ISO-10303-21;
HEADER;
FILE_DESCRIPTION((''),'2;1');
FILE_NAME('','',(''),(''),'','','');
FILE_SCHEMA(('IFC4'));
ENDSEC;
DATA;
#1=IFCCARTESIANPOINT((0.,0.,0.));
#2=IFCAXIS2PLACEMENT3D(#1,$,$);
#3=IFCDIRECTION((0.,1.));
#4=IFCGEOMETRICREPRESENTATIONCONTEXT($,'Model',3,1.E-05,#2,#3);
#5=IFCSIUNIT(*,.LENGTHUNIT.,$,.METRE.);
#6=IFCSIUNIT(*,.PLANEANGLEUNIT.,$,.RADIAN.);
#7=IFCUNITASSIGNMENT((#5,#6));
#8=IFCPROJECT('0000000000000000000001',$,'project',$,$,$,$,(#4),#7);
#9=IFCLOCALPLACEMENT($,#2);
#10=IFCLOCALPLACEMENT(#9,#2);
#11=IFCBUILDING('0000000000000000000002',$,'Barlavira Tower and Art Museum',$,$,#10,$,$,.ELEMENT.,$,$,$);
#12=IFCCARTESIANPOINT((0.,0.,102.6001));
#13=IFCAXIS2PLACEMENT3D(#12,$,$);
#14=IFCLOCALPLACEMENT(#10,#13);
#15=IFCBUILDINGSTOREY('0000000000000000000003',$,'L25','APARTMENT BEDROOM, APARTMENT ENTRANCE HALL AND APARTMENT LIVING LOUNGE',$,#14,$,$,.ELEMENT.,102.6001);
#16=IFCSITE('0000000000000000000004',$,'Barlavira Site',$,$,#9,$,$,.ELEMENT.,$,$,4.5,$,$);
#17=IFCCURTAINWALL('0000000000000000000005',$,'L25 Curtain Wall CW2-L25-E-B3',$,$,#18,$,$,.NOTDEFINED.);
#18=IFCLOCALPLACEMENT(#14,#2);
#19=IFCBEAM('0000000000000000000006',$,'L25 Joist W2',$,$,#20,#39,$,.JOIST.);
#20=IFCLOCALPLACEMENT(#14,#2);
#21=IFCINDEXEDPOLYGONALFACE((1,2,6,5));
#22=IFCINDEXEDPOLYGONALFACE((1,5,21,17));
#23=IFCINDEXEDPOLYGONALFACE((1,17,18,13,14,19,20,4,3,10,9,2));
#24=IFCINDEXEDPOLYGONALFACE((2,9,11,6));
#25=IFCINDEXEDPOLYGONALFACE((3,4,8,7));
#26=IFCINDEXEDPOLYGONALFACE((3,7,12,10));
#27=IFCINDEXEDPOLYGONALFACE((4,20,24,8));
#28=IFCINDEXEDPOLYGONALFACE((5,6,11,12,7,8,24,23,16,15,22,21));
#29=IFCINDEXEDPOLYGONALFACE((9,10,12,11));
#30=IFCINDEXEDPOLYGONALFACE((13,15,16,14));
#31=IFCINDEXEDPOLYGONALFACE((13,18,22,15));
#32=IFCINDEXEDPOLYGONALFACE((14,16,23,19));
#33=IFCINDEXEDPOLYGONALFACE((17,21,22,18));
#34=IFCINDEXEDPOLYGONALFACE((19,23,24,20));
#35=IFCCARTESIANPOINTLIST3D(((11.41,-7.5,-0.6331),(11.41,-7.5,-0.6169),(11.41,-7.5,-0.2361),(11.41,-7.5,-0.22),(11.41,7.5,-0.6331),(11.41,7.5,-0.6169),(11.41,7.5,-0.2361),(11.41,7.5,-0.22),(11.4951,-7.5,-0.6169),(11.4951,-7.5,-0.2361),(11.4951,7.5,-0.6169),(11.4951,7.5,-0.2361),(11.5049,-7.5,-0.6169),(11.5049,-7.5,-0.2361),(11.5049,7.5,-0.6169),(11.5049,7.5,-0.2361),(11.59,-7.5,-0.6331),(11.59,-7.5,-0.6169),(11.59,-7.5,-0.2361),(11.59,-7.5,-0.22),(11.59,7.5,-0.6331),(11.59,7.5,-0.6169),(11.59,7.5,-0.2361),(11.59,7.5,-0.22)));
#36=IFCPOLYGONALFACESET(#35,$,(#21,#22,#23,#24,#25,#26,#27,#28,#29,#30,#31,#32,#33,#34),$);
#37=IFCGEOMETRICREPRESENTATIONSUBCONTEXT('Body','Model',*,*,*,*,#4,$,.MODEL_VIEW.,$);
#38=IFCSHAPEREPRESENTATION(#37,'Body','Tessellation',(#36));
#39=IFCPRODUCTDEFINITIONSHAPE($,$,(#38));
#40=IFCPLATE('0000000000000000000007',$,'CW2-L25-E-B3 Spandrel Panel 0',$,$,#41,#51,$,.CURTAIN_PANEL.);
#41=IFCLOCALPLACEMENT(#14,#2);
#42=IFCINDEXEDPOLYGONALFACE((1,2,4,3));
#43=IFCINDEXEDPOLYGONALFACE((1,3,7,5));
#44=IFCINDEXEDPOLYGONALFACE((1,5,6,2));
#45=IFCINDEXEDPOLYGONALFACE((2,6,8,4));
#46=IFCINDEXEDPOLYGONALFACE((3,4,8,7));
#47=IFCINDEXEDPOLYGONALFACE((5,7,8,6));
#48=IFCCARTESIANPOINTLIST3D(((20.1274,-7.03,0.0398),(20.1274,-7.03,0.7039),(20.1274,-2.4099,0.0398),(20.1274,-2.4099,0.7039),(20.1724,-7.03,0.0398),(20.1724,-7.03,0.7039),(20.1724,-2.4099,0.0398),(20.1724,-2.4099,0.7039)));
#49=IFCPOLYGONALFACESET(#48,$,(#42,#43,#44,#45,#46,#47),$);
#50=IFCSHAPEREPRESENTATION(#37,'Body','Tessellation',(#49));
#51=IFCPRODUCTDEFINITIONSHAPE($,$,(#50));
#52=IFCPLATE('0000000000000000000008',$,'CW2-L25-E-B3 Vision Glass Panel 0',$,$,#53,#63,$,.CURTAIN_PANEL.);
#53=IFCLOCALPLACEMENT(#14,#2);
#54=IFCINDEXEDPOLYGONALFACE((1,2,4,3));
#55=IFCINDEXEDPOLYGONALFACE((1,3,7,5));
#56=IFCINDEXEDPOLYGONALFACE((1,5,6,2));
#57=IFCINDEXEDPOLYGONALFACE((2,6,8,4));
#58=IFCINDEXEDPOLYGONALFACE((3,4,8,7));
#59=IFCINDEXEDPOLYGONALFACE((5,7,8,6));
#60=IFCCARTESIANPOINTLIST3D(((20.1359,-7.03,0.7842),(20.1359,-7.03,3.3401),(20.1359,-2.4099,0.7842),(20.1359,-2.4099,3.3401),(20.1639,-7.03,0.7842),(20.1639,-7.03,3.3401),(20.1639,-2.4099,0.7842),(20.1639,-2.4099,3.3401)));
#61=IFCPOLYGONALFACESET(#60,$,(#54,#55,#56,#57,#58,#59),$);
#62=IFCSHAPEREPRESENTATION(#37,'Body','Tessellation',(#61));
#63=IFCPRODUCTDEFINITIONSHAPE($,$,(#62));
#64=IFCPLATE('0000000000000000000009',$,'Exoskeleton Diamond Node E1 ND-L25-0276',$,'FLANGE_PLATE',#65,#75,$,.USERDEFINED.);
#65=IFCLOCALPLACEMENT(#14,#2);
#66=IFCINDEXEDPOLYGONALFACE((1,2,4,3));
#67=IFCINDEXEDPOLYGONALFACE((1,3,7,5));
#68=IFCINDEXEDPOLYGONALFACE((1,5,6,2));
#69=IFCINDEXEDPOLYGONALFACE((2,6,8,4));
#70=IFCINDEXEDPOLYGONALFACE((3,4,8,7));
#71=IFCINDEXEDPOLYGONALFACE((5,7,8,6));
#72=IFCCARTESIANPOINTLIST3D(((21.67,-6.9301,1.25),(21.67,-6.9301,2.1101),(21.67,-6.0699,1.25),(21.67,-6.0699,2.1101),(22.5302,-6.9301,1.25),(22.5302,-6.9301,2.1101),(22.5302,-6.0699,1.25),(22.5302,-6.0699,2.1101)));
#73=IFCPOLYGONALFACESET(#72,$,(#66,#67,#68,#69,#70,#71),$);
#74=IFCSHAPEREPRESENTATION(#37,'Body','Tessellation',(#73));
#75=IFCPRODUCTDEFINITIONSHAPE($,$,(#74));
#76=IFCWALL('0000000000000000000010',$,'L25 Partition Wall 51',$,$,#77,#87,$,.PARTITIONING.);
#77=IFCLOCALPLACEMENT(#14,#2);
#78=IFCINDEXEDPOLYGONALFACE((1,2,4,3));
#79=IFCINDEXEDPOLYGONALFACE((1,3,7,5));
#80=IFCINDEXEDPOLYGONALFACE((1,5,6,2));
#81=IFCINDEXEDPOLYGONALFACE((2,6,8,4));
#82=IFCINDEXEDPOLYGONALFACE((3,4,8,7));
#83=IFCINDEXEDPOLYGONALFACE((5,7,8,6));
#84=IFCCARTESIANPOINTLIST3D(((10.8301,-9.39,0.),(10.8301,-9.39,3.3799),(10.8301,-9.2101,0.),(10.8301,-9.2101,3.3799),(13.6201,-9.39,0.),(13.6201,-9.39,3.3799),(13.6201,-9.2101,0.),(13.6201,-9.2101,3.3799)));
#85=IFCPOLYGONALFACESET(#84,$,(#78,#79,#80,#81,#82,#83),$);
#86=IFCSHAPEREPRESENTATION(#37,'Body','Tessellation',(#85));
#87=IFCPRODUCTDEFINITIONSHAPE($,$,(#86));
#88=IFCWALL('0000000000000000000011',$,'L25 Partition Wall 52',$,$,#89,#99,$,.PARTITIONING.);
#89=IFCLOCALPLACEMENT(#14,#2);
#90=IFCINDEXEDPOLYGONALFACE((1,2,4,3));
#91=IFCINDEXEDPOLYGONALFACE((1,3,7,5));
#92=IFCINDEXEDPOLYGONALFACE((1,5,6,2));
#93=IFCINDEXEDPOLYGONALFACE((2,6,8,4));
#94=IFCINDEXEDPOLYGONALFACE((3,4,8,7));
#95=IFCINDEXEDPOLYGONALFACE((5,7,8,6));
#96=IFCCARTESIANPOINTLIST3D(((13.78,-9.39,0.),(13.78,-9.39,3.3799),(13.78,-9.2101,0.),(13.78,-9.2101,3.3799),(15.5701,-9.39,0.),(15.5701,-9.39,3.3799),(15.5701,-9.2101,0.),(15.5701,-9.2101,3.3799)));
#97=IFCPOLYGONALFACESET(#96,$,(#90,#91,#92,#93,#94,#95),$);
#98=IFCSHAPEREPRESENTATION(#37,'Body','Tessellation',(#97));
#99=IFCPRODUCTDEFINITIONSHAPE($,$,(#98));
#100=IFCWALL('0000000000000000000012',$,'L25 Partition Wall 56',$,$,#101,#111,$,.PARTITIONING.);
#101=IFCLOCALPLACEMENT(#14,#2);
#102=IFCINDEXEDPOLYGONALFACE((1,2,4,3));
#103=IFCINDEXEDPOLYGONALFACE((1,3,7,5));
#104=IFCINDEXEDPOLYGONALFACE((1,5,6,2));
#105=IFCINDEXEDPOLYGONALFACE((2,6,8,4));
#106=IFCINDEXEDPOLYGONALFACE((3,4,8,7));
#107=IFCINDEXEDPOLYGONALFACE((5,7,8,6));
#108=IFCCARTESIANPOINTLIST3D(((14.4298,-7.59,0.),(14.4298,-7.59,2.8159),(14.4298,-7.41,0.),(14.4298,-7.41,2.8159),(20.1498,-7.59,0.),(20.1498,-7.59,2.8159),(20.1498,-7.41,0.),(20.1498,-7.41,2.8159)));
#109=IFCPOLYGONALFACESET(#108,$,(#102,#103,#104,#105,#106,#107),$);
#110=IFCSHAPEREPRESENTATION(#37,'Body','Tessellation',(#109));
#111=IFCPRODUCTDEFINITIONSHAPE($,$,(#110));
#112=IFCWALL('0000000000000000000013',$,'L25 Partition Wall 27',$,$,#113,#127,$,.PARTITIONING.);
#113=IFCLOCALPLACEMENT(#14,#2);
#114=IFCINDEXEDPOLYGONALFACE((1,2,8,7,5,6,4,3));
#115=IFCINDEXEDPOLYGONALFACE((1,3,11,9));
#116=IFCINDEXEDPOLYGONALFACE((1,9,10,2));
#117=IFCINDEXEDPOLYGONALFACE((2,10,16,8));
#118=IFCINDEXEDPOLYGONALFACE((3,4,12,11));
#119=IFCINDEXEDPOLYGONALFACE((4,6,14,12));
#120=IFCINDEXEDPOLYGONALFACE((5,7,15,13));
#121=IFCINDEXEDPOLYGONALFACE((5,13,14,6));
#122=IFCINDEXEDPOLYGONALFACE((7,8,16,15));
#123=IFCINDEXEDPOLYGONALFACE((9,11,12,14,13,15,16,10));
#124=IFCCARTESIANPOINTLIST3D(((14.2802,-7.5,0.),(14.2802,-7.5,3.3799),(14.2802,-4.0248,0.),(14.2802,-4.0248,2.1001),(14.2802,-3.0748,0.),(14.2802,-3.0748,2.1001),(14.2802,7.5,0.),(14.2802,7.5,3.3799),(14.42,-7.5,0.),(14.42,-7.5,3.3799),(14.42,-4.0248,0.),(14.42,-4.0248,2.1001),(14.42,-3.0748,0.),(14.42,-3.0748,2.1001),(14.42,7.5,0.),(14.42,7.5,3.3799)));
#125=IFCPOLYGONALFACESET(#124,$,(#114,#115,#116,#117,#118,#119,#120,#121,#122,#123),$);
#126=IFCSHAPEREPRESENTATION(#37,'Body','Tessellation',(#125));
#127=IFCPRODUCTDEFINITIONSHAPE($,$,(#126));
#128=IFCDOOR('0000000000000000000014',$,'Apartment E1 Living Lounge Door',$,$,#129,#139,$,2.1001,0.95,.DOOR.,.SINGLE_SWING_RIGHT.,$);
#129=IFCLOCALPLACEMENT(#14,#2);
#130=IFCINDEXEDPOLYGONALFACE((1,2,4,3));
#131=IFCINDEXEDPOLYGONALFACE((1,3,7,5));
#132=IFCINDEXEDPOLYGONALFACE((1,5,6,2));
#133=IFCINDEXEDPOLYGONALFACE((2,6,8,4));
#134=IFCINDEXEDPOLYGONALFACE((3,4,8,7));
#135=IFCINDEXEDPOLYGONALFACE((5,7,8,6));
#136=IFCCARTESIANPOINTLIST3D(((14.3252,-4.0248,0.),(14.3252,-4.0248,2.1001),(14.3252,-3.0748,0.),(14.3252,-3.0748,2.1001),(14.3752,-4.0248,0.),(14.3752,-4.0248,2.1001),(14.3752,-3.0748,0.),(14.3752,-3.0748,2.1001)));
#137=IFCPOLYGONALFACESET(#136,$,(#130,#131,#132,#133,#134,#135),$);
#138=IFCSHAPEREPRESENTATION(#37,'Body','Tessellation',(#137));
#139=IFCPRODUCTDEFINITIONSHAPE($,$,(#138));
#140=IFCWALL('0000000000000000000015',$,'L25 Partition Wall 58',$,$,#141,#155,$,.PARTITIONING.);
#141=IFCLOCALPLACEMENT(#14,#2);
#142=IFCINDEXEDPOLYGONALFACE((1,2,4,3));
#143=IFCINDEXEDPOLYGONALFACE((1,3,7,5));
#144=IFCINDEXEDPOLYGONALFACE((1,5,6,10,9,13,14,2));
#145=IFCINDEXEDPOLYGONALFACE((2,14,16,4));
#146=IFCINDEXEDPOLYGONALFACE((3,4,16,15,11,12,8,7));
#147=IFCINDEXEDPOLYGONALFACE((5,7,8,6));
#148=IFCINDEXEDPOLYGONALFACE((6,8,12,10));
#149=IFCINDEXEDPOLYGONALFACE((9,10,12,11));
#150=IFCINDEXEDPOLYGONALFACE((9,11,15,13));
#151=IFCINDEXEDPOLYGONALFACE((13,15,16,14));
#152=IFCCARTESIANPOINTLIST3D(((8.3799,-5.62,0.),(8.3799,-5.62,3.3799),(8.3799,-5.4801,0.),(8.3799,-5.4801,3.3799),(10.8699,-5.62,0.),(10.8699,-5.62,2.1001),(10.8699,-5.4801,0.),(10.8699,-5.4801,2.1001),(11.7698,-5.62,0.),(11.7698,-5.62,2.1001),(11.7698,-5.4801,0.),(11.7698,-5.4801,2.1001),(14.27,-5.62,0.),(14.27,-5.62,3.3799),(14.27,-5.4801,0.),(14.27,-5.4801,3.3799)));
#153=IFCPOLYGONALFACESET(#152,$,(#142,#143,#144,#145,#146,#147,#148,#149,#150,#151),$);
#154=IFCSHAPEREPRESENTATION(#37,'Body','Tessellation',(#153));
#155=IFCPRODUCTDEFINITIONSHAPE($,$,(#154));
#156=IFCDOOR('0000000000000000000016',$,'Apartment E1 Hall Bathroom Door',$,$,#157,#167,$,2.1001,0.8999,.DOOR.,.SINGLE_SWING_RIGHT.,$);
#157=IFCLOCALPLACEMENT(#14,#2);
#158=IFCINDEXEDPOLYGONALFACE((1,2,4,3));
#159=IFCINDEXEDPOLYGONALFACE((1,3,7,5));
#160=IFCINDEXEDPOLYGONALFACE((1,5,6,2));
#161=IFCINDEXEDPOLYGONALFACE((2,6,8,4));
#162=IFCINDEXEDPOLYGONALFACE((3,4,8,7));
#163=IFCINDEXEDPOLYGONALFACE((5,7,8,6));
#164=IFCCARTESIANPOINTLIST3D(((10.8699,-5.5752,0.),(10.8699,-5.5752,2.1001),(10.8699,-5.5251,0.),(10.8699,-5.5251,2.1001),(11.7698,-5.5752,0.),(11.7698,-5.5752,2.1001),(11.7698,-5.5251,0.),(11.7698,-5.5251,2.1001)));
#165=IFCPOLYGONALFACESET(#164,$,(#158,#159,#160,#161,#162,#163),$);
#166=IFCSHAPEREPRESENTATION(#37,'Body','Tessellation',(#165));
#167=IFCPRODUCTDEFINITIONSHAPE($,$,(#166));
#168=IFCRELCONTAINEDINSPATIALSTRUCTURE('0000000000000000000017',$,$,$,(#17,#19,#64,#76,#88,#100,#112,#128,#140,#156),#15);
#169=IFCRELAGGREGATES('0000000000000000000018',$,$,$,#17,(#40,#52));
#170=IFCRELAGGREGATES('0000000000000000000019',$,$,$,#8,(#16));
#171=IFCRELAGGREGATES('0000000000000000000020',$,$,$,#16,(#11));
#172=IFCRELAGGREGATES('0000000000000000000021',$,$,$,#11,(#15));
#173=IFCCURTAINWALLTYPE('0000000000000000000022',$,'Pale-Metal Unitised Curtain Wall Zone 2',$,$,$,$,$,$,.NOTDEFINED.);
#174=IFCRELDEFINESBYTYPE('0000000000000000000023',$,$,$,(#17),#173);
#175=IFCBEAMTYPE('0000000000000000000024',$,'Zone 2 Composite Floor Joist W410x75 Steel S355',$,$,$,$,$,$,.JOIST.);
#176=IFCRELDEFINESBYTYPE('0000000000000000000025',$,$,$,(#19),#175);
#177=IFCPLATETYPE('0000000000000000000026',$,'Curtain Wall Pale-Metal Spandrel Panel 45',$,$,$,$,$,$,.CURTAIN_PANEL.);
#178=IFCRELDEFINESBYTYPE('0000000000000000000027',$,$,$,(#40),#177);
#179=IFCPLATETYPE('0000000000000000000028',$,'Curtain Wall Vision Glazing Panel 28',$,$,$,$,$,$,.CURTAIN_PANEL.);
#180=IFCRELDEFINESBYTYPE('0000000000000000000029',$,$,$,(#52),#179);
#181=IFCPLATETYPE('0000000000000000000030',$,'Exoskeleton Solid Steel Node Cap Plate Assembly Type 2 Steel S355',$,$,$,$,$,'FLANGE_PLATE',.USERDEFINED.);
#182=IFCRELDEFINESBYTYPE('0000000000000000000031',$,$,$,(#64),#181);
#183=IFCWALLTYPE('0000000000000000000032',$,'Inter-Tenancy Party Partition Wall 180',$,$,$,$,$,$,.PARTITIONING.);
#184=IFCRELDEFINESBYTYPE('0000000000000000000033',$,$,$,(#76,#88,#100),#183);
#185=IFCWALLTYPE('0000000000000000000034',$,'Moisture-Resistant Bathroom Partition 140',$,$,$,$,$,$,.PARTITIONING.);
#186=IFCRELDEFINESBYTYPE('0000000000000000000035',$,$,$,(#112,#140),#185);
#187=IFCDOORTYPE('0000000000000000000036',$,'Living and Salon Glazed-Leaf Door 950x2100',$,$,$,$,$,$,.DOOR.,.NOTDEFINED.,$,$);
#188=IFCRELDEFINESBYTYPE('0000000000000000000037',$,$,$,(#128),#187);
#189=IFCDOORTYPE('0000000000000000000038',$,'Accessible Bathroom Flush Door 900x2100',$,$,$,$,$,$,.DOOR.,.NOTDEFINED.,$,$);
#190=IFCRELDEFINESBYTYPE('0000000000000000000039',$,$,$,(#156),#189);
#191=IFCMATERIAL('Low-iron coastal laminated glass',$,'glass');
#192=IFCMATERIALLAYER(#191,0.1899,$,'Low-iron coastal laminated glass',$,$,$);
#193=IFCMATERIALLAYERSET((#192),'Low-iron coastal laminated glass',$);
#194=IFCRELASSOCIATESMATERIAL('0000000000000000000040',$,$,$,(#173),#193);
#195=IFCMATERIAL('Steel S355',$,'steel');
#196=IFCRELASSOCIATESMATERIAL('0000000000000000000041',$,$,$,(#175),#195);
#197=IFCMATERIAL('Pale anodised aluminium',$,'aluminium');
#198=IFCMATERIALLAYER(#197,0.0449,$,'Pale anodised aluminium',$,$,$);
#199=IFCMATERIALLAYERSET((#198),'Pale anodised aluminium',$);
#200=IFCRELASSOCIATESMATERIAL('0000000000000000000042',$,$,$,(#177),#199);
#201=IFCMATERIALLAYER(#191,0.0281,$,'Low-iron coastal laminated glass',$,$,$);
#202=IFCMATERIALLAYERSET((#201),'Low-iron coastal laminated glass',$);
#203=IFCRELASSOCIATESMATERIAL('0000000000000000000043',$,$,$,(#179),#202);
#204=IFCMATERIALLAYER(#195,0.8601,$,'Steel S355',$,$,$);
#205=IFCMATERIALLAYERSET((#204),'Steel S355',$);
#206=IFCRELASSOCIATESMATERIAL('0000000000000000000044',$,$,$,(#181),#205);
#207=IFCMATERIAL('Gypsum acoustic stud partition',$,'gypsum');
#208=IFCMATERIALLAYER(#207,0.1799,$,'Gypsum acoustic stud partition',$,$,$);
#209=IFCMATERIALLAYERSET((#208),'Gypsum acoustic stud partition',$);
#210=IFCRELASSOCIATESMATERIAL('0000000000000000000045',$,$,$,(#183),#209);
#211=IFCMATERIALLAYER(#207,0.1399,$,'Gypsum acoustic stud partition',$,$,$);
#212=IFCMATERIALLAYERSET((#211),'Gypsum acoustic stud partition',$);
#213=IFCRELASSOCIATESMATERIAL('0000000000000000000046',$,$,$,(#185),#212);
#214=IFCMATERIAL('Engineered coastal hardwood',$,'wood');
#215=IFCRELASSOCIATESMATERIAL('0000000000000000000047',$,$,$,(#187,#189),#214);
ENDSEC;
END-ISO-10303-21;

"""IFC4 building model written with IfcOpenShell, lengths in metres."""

from ifc_helpers import new_model, si_unit, direction, frame, frame_2d, origin, origin_2d, place, context, subcontext, project, spatial, rectangle, i_section, extrude, material, layer, layer_set, material_profile, profile_set, type_object, element, fill, aggregate, save


model = new_model("IFC4")

# Units and contexts
model_context = context("Model", 3, precision=1e-05, world=origin(), true_north=direction((0.0, 1.0)))
body_context = subcontext(model_context, "Body", "Model", "MODEL_VIEW")
ifc_project = project(units=[si_unit("LENGTHUNIT", "METRE"), si_unit("PLANEANGLEUNIT", "RADIAN")], contexts=[model_context])

# Site, building, storey
site_placement = place(None, origin())
site = spatial("IfcSite", under=ifc_project, at=site_placement, Name="Barlavira Site", CompositionType="ELEMENT", RefElevation=4.5)
building_placement = place(site_placement, origin())
building = spatial("IfcBuilding", under=site, at=building_placement, Name="Barlavira Tower and Art Museum", CompositionType="ELEMENT")
storey_placement = place(building_placement, frame((0.0, 0.0, 102.6001)))
storey = spatial("IfcBuildingStorey", under=building, at=storey_placement, Name="L25", Description="APARTMENT BEDROOM, APARTMENT ENTRANCE HALL AND APARTMENT LIVING LOUNGE", CompositionType="ELEMENT", Elevation=102.6001)

# Curtain wall
ifc_material_1 = material(Name="Low-iron coastal laminated glass", Category="glass")
ifc_layer_1 = layer(ifc_material_1, 0.1899, Name="Low-iron coastal laminated glass")
ifc_layer_set_1 = layer_set([ifc_layer_1], Name="Low-iron coastal laminated glass")
curtain_wall_type = type_object("IfcCurtainWallType", Name="Pale-Metal Unitised Curtain Wall Zone 2", PredefinedType="NOTDEFINED", material=ifc_layer_set_1)
curtain_wall_placement = place(storey_placement, origin())
curtain_wall = element("IfcCurtainWall", 1, at=curtain_wall_placement, inside=storey, type_object=curtain_wall_type, Name="L25 Curtain Wall CW2-L25-E-B3", PredefinedType="NOTDEFINED")
ifc_material_2 = material(Name="Pale anodised aluminium", Category="aluminium")

# Beam
ifc_material_3 = material(Name="Steel S355", Category="steel")
ifc_material_profile_1 = material_profile(ifc_material_3, i_section(OverallWidth=0.1799, OverallDepth=0.4131, WebThickness=0.0098, FlangeThickness=0.0161, at=origin_2d()), Name="W410x75.0")
ifc_profile_set_1 = profile_set([ifc_material_profile_1], Name="Steel S355")
beam_type_1 = type_object("IfcBeamType", Name="Zone 2 Composite Floor Joist W410x75 Steel S355", PredefinedType="JOIST", material=ifc_profile_set_1)
beam_1_placement = place(storey_placement, frame((11.5, -7.5, -0.4265), z_axis=(0.0, 1.0, 0.0), x_axis=(-1.0, 0.0, 0.0)))
element("IfcBeam", 2, at=beam_1_placement, inside=storey, type_object=beam_type_1, Name="L25 Joist W2", PredefinedType="JOIST", context=body_context, shape_type="SweptSolid", body=[
    extrude(i_section(OverallWidth=0.1799, OverallDepth=0.4131, WebThickness=0.0098, FlangeThickness=0.0161, at=origin_2d()), origin(), (0.0, 0.0, 1.0), 15.0),
])

# Plates
ifc_layer_2 = layer(ifc_material_2, 0.0449, Name="Pale anodised aluminium")
ifc_layer_set_2 = layer_set([ifc_layer_2], Name="Pale anodised aluminium")
plate_type_1 = type_object("IfcPlateType", Name="Curtain Wall Pale-Metal Spandrel Panel 45", PredefinedType="CURTAIN_PANEL", material=ifc_layer_set_2)
plate_1_placement = place(storey_placement, frame((20.1499, -4.72, 0.0398), z_axis=(0.0, 0.0, 1.0), x_axis=(0.0, 1.0, 0.0)))
plate_1 = element("IfcPlate", 3, at=plate_1_placement, type_object=plate_type_1, Name="CW2-L25-E-B3 Spandrel Panel 0", PredefinedType="CURTAIN_PANEL", context=body_context, shape_type="SweptSolid", body=[
    extrude(rectangle(XDim=4.6201, YDim=0.0449, at=origin_2d()), origin(), (0.0, 0.0, 1.0), 0.6641),
])
ifc_layer_3 = layer(ifc_material_1, 0.0281, Name="Low-iron coastal laminated glass")
ifc_layer_set_3 = layer_set([ifc_layer_3], Name="Low-iron coastal laminated glass")
plate_type_2 = type_object("IfcPlateType", Name="Curtain Wall Vision Glazing Panel 28", PredefinedType="CURTAIN_PANEL", material=ifc_layer_set_3)
plate_2_placement = place(storey_placement, frame((20.1499, -4.72, 0.7842), z_axis=(0.0, 0.0, 1.0), x_axis=(0.0, 1.0, 0.0)))
plate_2 = element("IfcPlate", 4, at=plate_2_placement, type_object=plate_type_2, Name="CW2-L25-E-B3 Vision Glass Panel 0", PredefinedType="CURTAIN_PANEL", context=body_context, shape_type="SweptSolid", body=[
    extrude(rectangle(XDim=4.6201, YDim=0.0281, at=origin_2d()), origin(), (0.0, 0.0, 1.0), 2.5559),
])
aggregate(curtain_wall, [plate_1, plate_2])
ifc_layer_4 = layer(ifc_material_3, 0.8601, Name="Steel S355")
ifc_layer_set_4 = layer_set([ifc_layer_4], Name="Steel S355")
plate_type_3 = type_object("IfcPlateType", Name="Exoskeleton Solid Steel Node Cap Plate Assembly Type 2 Steel S355", ElementType="FLANGE_PLATE", PredefinedType="USERDEFINED", material=ifc_layer_set_4)
plate_3_placement = place(storey_placement, frame((22.1001, -6.5, 1.25), z_axis=(0.0, 0.0, 1.0), x_axis=(1.0, 0.0, 0.0)))
element("IfcPlate", 5, at=plate_3_placement, inside=storey, type_object=plate_type_3, Name="Exoskeleton Diamond Node E1 ND-L25-0276", ObjectType="FLANGE_PLATE", PredefinedType="USERDEFINED", context=body_context, shape_type="SweptSolid", body=[
    extrude(rectangle(XDim=0.8601, YDim=0.8601, at=origin_2d()), origin(), (0.0, 0.0, 1.0), 0.8601),
])

# Walls
ifc_material_4 = material(Name="Gypsum acoustic stud partition", Category="gypsum")
ifc_layer_5 = layer(ifc_material_4, 0.1799, Name="Gypsum acoustic stud partition")
ifc_layer_set_5 = layer_set([ifc_layer_5], Name="Gypsum acoustic stud partition")
wall_type_1 = type_object("IfcWallType", Name="Inter-Tenancy Party Partition Wall 180", PredefinedType="PARTITIONING", material=ifc_layer_set_5)
wall_1_placement = place(storey_placement, frame((10.8301, -9.3, 0.0), z_axis=(0.0, 0.0, 1.0), x_axis=(1.0, 0.0, 0.0)))
element("IfcWall", 6, at=wall_1_placement, inside=storey, type_object=wall_type_1, Name="L25 Partition Wall 51", PredefinedType="PARTITIONING", context=body_context, shape_type="SweptSolid", body=[
    extrude(rectangle(XDim=2.79, YDim=0.1799, at=frame_2d((1.395, 0.0))), origin(), (0.0, 0.0, 1.0), 3.3799),
])
wall_2_placement = place(storey_placement, frame((13.78, -9.3, 0.0), z_axis=(0.0, 0.0, 1.0), x_axis=(1.0, 0.0, 0.0)))
element("IfcWall", 7, at=wall_2_placement, inside=storey, type_object=wall_type_1, Name="L25 Partition Wall 52", PredefinedType="PARTITIONING", context=body_context, shape_type="SweptSolid", body=[
    extrude(rectangle(XDim=1.79, YDim=0.1799, at=frame_2d((0.895, 0.0))), origin(), (0.0, 0.0, 1.0), 3.3799),
])
wall_3_placement = place(storey_placement, frame((14.4299, -7.5, 0.0), z_axis=(0.0, 0.0, 1.0), x_axis=(1.0, 0.0, 0.0)))
element("IfcWall", 8, at=wall_3_placement, inside=storey, type_object=wall_type_1, Name="L25 Partition Wall 56", PredefinedType="PARTITIONING", context=body_context, shape_type="SweptSolid", body=[
    extrude(rectangle(XDim=5.72, YDim=0.1799, at=frame_2d((2.8599, 0.0))), origin(), (0.0, 0.0, 1.0), 2.8159),
])

# Walls, openings, doors
ifc_layer_6 = layer(ifc_material_4, 0.1399, Name="Gypsum acoustic stud partition")
ifc_layer_set_6 = layer_set([ifc_layer_6], Name="Gypsum acoustic stud partition")
wall_type_2 = type_object("IfcWallType", Name="Moisture-Resistant Bathroom Partition 140", PredefinedType="PARTITIONING", material=ifc_layer_set_6)
wall_4_placement = place(storey_placement, frame((14.3501, -7.5, 0.0), z_axis=(0.0, 0.0, 1.0), x_axis=(0.0, 1.0, 0.0)))
wall_4 = element("IfcWall", 9, at=wall_4_placement, inside=storey, type_object=wall_type_2, Name="L25 Partition Wall 27", PredefinedType="PARTITIONING", context=body_context, shape_type="SweptSolid", body=[
    extrude(rectangle(XDim=15.0, YDim=0.1399, at=frame_2d((7.5, 0.0))), origin(), (0.0, 0.0, 1.0), 3.3799),
])
opening_1_placement = place(wall_4_placement, frame((3.4751, 0.0, 0.0)))
opening_1 = element("IfcOpeningElement", 10, at=opening_1_placement, cuts=wall_4, PredefinedType="OPENING", context=body_context, shape_type="SweptSolid", body=[
    extrude(rectangle(XDim=0.95, YDim=2.1001, at=frame_2d((0.4751, 1.05))), frame((0.0, 0.0801, 0.0), z_axis=(0.0, -1.0, 0.0), x_axis=(1.0, 0.0, 0.0)), (0.0, 0.0, 1.0), 0.1599),
])
ifc_material_5 = material(Name="Engineered coastal hardwood", Category="wood")
door_type_1 = type_object("IfcDoorType", Name="Living and Salon Glazed-Leaf Door 950x2100", OperationType="NOTDEFINED", PredefinedType="DOOR", material=ifc_material_5)
door_1_placement = place(opening_1_placement, origin())
door_1 = element("IfcDoor", 11, at=door_1_placement, inside=storey, type_object=door_type_1, Name="Apartment E1 Living Lounge Door", OperationType="SINGLE_SWING_RIGHT", OverallHeight=2.1001, OverallWidth=0.95, PredefinedType="DOOR", context=body_context, shape_type="SweptSolid", body=[
    extrude(rectangle(XDim=0.95, YDim=2.1001, at=frame_2d((0.4751, 1.05))), frame((0.0, 0.0249, 0.0), z_axis=(0.0, -1.0, 0.0), x_axis=(1.0, 0.0, 0.0)), (0.0, 0.0, 1.0), 0.05),
])
fill(opening_1, door_1)
wall_5_placement = place(storey_placement, frame((8.3799, -5.55, 0.0), z_axis=(0.0, 0.0, 1.0), x_axis=(1.0, 0.0, 0.0)))
wall_5 = element("IfcWall", 12, at=wall_5_placement, inside=storey, type_object=wall_type_2, Name="L25 Partition Wall 58", PredefinedType="PARTITIONING", context=body_context, shape_type="SweptSolid", body=[
    extrude(rectangle(XDim=5.8901, YDim=0.1399, at=frame_2d((2.9451, 0.0))), origin(), (0.0, 0.0, 1.0), 3.3799),
])
opening_2_placement = place(wall_5_placement, frame((2.49, 0.0, 0.0)))
opening_2 = element("IfcOpeningElement", 13, at=opening_2_placement, cuts=wall_5, PredefinedType="OPENING", context=body_context, shape_type="SweptSolid", body=[
    extrude(rectangle(XDim=0.8999, YDim=2.1001, at=frame_2d((0.45, 1.05))), frame((0.0, 0.0801, 0.0), z_axis=(0.0, -1.0, 0.0), x_axis=(1.0, 0.0, 0.0)), (0.0, 0.0, 1.0), 0.1599),
])
door_type_2 = type_object("IfcDoorType", Name="Accessible Bathroom Flush Door 900x2100", OperationType="NOTDEFINED", PredefinedType="DOOR", material=ifc_material_5)
door_2_placement = place(opening_2_placement, origin())
door_2 = element("IfcDoor", 14, at=door_2_placement, inside=storey, type_object=door_type_2, Name="Apartment E1 Hall Bathroom Door", OperationType="SINGLE_SWING_RIGHT", OverallHeight=2.1001, OverallWidth=0.8999, PredefinedType="DOOR", context=body_context, shape_type="SweptSolid", body=[
    extrude(rectangle(XDim=0.8999, YDim=2.1001, at=frame_2d((0.45, 1.05))), frame((0.0, 0.0249, 0.0), z_axis=(0.0, -1.0, 0.0), x_axis=(1.0, 0.0, 0.0)), (0.0, 0.0, 1.0), 0.05),
])
fill(opening_2, door_2)

save(model, "model.ifc")
